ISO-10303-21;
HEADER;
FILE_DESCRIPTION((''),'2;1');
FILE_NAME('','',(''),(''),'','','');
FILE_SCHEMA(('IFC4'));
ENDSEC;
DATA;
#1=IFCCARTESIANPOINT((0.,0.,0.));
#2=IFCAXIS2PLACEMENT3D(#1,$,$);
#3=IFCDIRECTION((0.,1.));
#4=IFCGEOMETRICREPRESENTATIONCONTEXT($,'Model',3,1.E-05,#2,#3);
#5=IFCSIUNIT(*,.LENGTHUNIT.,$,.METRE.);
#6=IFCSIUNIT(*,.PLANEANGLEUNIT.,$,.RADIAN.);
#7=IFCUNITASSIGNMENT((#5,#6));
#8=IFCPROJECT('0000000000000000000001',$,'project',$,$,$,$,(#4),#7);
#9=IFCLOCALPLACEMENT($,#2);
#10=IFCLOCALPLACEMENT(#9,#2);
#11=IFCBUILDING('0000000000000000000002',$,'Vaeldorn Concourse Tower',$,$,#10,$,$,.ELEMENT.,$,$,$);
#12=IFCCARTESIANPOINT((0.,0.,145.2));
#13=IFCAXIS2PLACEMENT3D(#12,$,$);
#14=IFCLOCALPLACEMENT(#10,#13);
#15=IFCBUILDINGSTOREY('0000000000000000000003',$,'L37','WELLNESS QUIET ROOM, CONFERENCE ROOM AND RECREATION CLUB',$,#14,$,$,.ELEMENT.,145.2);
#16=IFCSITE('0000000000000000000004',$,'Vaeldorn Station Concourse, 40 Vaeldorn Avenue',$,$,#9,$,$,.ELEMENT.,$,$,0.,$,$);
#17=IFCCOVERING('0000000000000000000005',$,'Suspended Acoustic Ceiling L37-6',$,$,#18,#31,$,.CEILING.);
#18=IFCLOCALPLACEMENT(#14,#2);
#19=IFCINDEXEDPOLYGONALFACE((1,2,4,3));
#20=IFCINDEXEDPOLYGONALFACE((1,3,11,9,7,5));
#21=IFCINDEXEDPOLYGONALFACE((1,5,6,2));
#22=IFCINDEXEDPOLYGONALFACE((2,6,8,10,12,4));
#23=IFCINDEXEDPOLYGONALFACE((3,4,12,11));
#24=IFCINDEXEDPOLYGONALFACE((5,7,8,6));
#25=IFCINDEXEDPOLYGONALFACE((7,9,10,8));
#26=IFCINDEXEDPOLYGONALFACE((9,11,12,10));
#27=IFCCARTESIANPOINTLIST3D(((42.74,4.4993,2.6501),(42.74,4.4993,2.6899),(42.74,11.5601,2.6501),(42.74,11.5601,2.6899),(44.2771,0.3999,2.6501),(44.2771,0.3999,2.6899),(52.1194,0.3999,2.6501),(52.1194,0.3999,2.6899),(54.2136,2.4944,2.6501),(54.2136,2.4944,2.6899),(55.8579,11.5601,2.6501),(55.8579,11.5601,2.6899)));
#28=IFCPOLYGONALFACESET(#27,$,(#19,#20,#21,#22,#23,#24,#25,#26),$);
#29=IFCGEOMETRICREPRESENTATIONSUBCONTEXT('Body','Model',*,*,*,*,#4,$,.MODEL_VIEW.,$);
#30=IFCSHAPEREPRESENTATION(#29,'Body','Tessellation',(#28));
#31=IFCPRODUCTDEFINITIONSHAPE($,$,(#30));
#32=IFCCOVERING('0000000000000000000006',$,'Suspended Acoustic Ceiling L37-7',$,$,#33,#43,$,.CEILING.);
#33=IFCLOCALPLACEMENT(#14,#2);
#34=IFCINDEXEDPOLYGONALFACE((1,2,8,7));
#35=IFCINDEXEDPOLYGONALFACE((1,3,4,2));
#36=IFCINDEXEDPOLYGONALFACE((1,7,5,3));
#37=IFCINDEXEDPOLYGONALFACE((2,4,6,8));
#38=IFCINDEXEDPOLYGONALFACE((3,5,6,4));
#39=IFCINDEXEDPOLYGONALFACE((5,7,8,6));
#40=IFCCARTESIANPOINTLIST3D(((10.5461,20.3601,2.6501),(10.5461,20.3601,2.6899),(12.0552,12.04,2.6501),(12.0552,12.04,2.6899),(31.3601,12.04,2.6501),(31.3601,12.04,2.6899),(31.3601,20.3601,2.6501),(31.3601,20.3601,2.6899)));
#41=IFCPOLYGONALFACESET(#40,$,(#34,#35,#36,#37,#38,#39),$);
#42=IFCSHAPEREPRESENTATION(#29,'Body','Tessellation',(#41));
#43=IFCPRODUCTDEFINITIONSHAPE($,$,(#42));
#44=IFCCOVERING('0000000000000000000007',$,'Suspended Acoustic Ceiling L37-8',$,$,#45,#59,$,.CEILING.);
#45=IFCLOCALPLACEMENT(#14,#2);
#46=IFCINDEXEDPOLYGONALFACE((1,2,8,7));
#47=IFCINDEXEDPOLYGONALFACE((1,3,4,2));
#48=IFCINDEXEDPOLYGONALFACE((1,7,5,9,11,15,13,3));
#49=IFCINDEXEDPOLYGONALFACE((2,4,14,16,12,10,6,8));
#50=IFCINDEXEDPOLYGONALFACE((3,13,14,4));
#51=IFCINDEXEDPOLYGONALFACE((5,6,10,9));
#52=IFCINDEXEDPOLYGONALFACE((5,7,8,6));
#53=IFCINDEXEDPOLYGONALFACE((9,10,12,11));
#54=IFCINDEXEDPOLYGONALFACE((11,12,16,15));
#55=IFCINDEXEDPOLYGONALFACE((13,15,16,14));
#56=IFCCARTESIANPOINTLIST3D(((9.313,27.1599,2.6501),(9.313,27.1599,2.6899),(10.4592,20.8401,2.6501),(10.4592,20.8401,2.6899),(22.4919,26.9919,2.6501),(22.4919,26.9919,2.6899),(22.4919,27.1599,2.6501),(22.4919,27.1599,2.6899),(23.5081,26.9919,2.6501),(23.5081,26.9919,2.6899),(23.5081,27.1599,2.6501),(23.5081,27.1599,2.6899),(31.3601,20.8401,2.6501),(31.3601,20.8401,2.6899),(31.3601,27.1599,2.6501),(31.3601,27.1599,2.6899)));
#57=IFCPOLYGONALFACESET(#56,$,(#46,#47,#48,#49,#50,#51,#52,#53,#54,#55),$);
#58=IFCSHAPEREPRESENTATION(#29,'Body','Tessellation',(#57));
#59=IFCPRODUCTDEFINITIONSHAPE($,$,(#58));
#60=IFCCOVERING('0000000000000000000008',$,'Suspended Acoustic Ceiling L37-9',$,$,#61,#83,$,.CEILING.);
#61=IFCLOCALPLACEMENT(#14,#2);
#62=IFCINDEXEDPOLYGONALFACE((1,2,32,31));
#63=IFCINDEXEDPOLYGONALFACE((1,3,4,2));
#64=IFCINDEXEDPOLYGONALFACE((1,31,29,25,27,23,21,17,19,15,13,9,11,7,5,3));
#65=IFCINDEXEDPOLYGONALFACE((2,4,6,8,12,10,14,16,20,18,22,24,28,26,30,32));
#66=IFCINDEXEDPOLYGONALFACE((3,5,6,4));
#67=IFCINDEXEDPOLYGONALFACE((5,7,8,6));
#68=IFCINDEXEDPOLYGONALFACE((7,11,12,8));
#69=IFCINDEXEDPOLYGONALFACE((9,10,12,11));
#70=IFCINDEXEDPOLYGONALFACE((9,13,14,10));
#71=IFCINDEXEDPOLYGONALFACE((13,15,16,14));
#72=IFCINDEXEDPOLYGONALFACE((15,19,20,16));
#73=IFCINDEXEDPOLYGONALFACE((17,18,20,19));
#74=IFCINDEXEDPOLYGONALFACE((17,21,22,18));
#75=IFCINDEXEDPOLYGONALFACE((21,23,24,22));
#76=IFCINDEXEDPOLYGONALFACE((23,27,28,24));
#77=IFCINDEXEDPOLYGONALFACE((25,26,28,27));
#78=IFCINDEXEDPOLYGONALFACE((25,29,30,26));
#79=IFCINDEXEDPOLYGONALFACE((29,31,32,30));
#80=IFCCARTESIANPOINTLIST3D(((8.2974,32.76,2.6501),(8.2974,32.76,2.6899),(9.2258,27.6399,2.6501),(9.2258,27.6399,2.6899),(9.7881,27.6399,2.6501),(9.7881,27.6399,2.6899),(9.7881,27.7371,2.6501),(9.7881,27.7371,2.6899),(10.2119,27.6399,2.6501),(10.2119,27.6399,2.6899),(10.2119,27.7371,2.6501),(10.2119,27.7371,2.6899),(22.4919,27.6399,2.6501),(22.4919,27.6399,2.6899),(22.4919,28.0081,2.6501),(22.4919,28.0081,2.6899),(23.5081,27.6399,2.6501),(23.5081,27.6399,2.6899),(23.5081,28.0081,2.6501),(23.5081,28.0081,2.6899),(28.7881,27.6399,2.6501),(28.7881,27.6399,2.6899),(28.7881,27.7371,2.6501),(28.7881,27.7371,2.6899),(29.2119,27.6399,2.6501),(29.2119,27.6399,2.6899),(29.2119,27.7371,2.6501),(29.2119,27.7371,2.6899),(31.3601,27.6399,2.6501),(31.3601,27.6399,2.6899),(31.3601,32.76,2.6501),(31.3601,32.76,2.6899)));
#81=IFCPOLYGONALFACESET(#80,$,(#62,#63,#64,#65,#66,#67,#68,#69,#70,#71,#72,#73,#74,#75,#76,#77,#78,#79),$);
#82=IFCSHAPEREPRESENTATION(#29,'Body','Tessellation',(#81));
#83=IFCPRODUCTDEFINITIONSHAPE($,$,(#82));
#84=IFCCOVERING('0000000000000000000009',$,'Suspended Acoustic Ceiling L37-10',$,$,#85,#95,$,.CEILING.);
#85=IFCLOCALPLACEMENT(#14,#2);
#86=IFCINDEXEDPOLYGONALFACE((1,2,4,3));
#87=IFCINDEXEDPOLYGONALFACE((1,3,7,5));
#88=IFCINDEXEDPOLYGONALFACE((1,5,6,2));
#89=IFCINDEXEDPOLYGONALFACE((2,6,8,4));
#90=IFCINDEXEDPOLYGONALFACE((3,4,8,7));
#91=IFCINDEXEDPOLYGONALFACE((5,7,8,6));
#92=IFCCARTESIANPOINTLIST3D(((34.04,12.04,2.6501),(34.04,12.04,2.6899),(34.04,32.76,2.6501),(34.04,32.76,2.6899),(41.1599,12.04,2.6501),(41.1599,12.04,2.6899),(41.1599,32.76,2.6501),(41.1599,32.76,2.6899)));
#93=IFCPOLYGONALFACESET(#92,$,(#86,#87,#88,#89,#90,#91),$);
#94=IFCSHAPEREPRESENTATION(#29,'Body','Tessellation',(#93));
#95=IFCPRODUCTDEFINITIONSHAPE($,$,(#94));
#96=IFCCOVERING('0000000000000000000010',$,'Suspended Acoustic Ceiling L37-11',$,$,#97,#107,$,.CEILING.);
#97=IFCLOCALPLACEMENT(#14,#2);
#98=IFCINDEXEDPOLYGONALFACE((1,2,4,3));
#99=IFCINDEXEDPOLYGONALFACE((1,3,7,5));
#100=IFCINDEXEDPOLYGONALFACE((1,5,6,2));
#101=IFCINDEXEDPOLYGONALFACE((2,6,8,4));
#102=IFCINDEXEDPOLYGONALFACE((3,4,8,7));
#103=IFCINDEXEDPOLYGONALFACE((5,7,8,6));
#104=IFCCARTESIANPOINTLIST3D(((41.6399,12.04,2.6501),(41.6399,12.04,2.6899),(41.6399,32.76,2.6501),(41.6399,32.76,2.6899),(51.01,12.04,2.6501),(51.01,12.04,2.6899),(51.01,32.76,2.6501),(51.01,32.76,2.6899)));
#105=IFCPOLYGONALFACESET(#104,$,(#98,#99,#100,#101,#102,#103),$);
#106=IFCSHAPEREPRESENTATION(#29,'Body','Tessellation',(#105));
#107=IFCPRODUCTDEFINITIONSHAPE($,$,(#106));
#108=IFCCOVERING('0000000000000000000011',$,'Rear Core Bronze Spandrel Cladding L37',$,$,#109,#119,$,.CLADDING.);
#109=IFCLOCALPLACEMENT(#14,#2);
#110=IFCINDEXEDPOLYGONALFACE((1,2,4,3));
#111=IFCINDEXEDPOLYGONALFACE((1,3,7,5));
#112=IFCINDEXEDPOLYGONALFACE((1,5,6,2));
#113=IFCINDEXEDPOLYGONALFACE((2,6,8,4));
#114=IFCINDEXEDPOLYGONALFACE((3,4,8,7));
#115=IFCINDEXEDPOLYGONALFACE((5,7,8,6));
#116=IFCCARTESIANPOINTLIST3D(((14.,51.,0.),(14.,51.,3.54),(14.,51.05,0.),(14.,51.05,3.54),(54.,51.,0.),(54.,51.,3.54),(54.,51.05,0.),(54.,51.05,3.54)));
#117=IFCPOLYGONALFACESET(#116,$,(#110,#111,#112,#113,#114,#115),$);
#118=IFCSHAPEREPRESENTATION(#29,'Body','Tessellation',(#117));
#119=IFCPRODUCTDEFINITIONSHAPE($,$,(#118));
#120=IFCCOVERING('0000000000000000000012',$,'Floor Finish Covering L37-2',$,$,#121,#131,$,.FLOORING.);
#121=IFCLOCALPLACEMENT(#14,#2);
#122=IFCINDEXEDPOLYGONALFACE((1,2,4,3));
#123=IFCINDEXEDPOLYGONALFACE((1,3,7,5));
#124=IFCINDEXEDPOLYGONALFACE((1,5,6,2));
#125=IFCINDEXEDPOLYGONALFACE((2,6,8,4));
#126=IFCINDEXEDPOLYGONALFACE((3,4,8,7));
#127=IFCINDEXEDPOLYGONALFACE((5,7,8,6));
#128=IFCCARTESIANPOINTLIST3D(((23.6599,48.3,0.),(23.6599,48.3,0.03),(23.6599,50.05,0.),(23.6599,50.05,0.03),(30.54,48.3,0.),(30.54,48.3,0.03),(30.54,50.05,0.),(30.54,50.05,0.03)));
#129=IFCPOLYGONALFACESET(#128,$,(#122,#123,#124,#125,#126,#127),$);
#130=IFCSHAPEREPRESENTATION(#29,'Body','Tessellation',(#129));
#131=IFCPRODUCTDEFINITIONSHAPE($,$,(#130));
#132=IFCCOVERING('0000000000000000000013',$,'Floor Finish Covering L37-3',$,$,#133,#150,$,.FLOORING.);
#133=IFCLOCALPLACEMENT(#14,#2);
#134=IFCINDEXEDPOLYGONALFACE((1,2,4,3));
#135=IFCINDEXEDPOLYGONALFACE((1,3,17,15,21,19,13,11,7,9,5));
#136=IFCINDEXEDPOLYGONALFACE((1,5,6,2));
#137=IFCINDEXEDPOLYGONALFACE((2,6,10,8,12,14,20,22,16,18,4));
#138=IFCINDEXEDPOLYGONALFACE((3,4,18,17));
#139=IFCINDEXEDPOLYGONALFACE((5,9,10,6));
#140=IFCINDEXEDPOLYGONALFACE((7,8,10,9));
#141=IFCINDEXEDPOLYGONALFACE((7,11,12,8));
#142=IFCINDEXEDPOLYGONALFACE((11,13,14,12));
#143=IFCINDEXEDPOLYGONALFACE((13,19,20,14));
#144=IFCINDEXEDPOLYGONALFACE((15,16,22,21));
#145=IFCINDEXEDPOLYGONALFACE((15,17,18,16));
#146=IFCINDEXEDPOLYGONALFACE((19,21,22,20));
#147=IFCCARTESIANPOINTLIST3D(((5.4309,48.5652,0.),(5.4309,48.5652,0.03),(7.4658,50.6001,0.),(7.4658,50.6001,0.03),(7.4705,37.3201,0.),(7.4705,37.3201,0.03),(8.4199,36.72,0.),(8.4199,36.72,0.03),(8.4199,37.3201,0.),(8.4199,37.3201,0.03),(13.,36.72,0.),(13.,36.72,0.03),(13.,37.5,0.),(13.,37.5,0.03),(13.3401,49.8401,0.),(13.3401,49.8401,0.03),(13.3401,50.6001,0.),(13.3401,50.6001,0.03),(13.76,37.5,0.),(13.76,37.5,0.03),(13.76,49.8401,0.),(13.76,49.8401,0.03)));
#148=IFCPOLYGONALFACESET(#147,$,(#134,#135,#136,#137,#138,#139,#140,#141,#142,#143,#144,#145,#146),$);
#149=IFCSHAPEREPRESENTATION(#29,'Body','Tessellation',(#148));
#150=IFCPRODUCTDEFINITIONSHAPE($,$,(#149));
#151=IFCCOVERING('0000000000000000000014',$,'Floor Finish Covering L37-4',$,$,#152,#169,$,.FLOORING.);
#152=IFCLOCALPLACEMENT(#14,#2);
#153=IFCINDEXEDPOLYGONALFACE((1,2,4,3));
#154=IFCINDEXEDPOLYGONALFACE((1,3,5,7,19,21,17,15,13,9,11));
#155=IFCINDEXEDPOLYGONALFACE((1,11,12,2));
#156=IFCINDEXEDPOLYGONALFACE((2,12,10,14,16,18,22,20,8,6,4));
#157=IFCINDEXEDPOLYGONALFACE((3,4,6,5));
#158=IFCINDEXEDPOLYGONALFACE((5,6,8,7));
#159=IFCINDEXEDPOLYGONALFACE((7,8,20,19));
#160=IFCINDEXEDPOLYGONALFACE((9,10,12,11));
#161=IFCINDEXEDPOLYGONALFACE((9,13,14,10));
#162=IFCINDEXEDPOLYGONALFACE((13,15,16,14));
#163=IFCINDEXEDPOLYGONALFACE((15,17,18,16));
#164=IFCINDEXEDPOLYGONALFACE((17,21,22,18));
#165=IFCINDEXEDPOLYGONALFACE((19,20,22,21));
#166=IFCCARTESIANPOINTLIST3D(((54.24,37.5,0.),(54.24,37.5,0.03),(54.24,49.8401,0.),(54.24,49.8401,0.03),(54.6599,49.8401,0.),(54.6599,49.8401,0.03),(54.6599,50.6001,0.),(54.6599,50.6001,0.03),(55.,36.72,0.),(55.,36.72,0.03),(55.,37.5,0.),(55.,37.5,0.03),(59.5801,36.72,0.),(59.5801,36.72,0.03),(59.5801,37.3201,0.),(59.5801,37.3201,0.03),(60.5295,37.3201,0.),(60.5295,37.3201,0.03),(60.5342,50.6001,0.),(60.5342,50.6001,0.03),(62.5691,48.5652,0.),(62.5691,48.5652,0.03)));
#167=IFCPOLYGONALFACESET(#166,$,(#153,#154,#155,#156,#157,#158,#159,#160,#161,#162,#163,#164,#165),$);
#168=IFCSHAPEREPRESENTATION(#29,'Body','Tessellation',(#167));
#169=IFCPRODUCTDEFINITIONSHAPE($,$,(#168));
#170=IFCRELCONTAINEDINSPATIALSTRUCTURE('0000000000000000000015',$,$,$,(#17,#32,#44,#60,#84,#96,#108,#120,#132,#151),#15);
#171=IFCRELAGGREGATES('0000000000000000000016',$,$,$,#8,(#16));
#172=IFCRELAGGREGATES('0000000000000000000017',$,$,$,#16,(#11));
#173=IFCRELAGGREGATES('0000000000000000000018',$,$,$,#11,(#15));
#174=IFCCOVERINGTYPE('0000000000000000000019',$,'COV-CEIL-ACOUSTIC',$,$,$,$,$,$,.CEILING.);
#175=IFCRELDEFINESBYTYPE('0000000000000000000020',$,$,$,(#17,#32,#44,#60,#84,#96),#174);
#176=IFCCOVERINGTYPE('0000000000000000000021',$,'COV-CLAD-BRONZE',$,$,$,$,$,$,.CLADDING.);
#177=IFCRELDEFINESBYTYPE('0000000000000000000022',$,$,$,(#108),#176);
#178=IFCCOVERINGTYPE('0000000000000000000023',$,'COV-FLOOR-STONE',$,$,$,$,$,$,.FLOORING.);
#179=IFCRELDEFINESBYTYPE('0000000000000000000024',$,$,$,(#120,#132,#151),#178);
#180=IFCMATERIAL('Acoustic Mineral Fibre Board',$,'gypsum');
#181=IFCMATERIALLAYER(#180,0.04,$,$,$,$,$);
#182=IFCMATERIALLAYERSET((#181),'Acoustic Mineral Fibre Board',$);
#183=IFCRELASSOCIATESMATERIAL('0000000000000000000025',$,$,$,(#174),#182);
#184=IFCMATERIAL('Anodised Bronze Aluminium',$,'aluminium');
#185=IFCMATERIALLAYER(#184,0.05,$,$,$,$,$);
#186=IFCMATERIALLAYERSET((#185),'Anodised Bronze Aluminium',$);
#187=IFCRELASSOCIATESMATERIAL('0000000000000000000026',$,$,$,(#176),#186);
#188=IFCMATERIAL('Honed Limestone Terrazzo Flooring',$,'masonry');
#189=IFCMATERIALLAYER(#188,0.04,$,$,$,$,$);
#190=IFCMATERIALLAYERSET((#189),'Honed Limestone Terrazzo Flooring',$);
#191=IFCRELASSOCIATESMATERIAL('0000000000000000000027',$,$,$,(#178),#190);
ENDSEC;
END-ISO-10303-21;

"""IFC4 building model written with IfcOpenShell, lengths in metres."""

from ifc_helpers import new_model, si_unit, direction, frame, origin, place, context, subcontext, project, spatial, polyline, outline, extrude, material, layer, layer_set, type_object, element, save


model = new_model("IFC4")

# Units and contexts
model_context = context("Model", 3, precision=1e-05, world=origin(), true_north=direction((0.0, 1.0)))
body_context = subcontext(model_context, "Body", "Model", "MODEL_VIEW")
ifc_project = project(units=[si_unit("LENGTHUNIT", "METRE"), si_unit("PLANEANGLEUNIT", "RADIAN")], contexts=[model_context])

# Site, building, storey
site_placement = place(None, origin())
site = spatial("IfcSite", under=ifc_project, at=site_placement, Name="Vaeldorn Station Concourse, 40 Vaeldorn Avenue", CompositionType="ELEMENT", RefElevation=0.0)
building_placement = place(site_placement, origin())
building = spatial("IfcBuilding", under=site, at=building_placement, Name="Vaeldorn Concourse Tower", CompositionType="ELEMENT")
storey_placement = place(building_placement, frame((0.0, 0.0, 145.2)))
storey = spatial("IfcBuildingStorey", under=building, at=storey_placement, Name="L37", Description="WELLNESS QUIET ROOM, CONFERENCE ROOM AND RECREATION CLUB", CompositionType="ELEMENT", Elevation=145.2)

# Coverings
ifc_material_1 = material(Name="Acoustic Mineral Fibre Board", Category="gypsum")
ifc_layer_1 = layer(ifc_material_1, 0.04)
ifc_layer_set_1 = layer_set([ifc_layer_1], Name="Acoustic Mineral Fibre Board")
covering_type_1 = type_object("IfcCoveringType", Name="COV-CEIL-ACOUSTIC", PredefinedType="CEILING", material=ifc_layer_set_1)
covering_1_placement = place(storey_placement, frame((0.0, 0.0, 2.6501)))
element("IfcCovering", 1, at=covering_1_placement, inside=storey, type_object=covering_type_1, Name="Suspended Acoustic Ceiling L37-6", PredefinedType="CEILING", context=body_context, shape_type="SweptSolid", body=[
    extrude(outline(polyline([(52.1194, 0.3999), (44.2771, 0.3999), (42.74, 4.4993), (42.74, 11.5601), (55.8579, 11.5601), (54.2136, 2.4944), (52.1194, 0.3999)])), origin(), (0.0, 0.0, 1.0), 0.0398),
])
covering_2_placement = place(storey_placement, frame((0.0, 0.0, 2.6501)))
element("IfcCovering", 2, at=covering_2_placement, inside=storey, type_object=covering_type_1, Name="Suspended Acoustic Ceiling L37-7", PredefinedType="CEILING", context=body_context, shape_type="SweptSolid", body=[
    extrude(outline(polyline([(31.3601, 20.3601), (31.3601, 12.04), (12.0552, 12.04), (10.5461, 20.3601), (31.3601, 20.3601)])), origin(), (0.0, 0.0, 1.0), 0.0398),
])
covering_3_placement = place(storey_placement, frame((0.0, 0.0, 2.6501)))
element("IfcCovering", 3, at=covering_3_placement, inside=storey, type_object=covering_type_1, Name="Suspended Acoustic Ceiling L37-8", PredefinedType="CEILING", context=body_context, shape_type="SweptSolid", body=[
    extrude(outline(polyline([(22.4919, 27.1599), (22.4919, 26.9919), (23.5081, 26.9919), (23.5081, 27.1599), (31.3601, 27.1599), (31.3601, 20.8401), (10.4592, 20.8401), (9.313, 27.1599), (22.4919, 27.1599)])), origin(), (0.0, 0.0, 1.0), 0.0398),
])
covering_4_placement = place(storey_placement, frame((0.0, 0.0, 2.6501)))
element("IfcCovering", 4, at=covering_4_placement, inside=storey, type_object=covering_type_1, Name="Suspended Acoustic Ceiling L37-9", PredefinedType="CEILING", context=body_context, shape_type="SweptSolid", body=[
    extrude(outline(polyline([(31.3601, 32.76), (31.3601, 27.6399), (29.2119, 27.6399), (29.2119, 27.7371), (28.7881, 27.7371), (28.7881, 27.6399), (23.5081, 27.6399), (23.5081, 28.0081), (22.4919, 28.0081), (22.4919, 27.6399), (10.2119, 27.6399), (10.2119, 27.7371), (9.7881, 27.7371), (9.7881, 27.6399), (9.2258, 27.6399), (8.2974, 32.76), (31.3601, 32.76)])), origin(), (0.0, 0.0, 1.0), 0.0398),
])
covering_5_placement = place(storey_placement, frame((0.0, 0.0, 2.6501)))
element("IfcCovering", 5, at=covering_5_placement, inside=storey, type_object=covering_type_1, Name="Suspended Acoustic Ceiling L37-10", PredefinedType="CEILING", context=body_context, shape_type="SweptSolid", body=[
    extrude(outline(polyline([(34.04, 32.76), (41.1599, 32.76), (41.1599, 12.04), (34.04, 12.04), (34.04, 32.76)])), origin(), (0.0, 0.0, 1.0), 0.0398),
])
covering_6_placement = place(storey_placement, frame((0.0, 0.0, 2.6501)))
element("IfcCovering", 6, at=covering_6_placement, inside=storey, type_object=covering_type_1, Name="Suspended Acoustic Ceiling L37-11", PredefinedType="CEILING", context=body_context, shape_type="SweptSolid", body=[
    extrude(outline(polyline([(41.6399, 32.76), (51.01, 32.76), (51.01, 12.04), (41.6399, 12.04), (41.6399, 32.76)])), origin(), (0.0, 0.0, 1.0), 0.0398),
])
ifc_material_2 = material(Name="Anodised Bronze Aluminium", Category="aluminium")
ifc_layer_2 = layer(ifc_material_2, 0.05)
ifc_layer_set_2 = layer_set([ifc_layer_2], Name="Anodised Bronze Aluminium")
covering_type_2 = type_object("IfcCoveringType", Name="COV-CLAD-BRONZE", PredefinedType="CLADDING", material=ifc_layer_set_2)
covering_7_placement = place(storey_placement, origin())
element("IfcCovering", 7, at=covering_7_placement, inside=storey, type_object=covering_type_2, Name="Rear Core Bronze Spandrel Cladding L37", PredefinedType="CLADDING", context=body_context, shape_type="SweptSolid", body=[
    extrude(outline(polyline([(14.0, 51.0), (54.0, 51.0), (54.0, 51.05), (14.0, 51.05), (14.0, 51.0)])), origin(), (0.0, 0.0, 1.0), 3.54),
])
ifc_material_3 = material(Name="Honed Limestone Terrazzo Flooring", Category="masonry")
ifc_layer_3 = layer(ifc_material_3, 0.04)
ifc_layer_set_3 = layer_set([ifc_layer_3], Name="Honed Limestone Terrazzo Flooring")
covering_type_3 = type_object("IfcCoveringType", Name="COV-FLOOR-STONE", PredefinedType="FLOORING", material=ifc_layer_set_3)
covering_8_placement = place(storey_placement, origin())
element("IfcCovering", 8, at=covering_8_placement, inside=storey, type_object=covering_type_3, Name="Floor Finish Covering L37-2", PredefinedType="FLOORING", context=body_context, shape_type="SweptSolid", body=[
    extrude(outline(polyline([(30.54, 50.05), (30.54, 48.3), (23.6599, 48.3), (23.6599, 50.05), (30.54, 50.05)])), origin(), (0.0, 0.0, 1.0), 0.03),
])
covering_9_placement = place(storey_placement, origin())
element("IfcCovering", 9, at=covering_9_placement, inside=storey, type_object=covering_type_3, Name="Floor Finish Covering L37-3", PredefinedType="FLOORING", context=body_context, shape_type="SweptSolid", body=[
    extrude(outline(polyline([(7.4658, 50.6001), (13.3401, 50.6001), (13.3401, 49.8401), (13.76, 49.8401), (13.76, 37.5), (13.0, 37.5), (13.0, 36.72), (8.4199, 36.72), (8.4199, 37.3201), (7.4705, 37.3201), (5.4309, 48.5652), (7.4658, 50.6001)])), origin(), (0.0, 0.0, 1.0), 0.03),
])
covering_10_placement = place(storey_placement, origin())
element("IfcCovering", 10, at=covering_10_placement, inside=storey, type_object=covering_type_3, Name="Floor Finish Covering L37-4", PredefinedType="FLOORING", context=body_context, shape_type="SweptSolid", body=[
    extrude(outline(polyline([(54.6599, 49.8401), (54.6599, 50.6001), (60.5342, 50.6001), (62.5691, 48.5652), (60.5295, 37.3201), (59.5801, 37.3201), (59.5801, 36.72), (55.0, 36.72), (55.0, 37.5), (54.24, 37.5), (54.24, 49.8401), (54.6599, 49.8401)])), origin(), (0.0, 0.0, 1.0), 0.03),
])

save(model, "model.ifc")
